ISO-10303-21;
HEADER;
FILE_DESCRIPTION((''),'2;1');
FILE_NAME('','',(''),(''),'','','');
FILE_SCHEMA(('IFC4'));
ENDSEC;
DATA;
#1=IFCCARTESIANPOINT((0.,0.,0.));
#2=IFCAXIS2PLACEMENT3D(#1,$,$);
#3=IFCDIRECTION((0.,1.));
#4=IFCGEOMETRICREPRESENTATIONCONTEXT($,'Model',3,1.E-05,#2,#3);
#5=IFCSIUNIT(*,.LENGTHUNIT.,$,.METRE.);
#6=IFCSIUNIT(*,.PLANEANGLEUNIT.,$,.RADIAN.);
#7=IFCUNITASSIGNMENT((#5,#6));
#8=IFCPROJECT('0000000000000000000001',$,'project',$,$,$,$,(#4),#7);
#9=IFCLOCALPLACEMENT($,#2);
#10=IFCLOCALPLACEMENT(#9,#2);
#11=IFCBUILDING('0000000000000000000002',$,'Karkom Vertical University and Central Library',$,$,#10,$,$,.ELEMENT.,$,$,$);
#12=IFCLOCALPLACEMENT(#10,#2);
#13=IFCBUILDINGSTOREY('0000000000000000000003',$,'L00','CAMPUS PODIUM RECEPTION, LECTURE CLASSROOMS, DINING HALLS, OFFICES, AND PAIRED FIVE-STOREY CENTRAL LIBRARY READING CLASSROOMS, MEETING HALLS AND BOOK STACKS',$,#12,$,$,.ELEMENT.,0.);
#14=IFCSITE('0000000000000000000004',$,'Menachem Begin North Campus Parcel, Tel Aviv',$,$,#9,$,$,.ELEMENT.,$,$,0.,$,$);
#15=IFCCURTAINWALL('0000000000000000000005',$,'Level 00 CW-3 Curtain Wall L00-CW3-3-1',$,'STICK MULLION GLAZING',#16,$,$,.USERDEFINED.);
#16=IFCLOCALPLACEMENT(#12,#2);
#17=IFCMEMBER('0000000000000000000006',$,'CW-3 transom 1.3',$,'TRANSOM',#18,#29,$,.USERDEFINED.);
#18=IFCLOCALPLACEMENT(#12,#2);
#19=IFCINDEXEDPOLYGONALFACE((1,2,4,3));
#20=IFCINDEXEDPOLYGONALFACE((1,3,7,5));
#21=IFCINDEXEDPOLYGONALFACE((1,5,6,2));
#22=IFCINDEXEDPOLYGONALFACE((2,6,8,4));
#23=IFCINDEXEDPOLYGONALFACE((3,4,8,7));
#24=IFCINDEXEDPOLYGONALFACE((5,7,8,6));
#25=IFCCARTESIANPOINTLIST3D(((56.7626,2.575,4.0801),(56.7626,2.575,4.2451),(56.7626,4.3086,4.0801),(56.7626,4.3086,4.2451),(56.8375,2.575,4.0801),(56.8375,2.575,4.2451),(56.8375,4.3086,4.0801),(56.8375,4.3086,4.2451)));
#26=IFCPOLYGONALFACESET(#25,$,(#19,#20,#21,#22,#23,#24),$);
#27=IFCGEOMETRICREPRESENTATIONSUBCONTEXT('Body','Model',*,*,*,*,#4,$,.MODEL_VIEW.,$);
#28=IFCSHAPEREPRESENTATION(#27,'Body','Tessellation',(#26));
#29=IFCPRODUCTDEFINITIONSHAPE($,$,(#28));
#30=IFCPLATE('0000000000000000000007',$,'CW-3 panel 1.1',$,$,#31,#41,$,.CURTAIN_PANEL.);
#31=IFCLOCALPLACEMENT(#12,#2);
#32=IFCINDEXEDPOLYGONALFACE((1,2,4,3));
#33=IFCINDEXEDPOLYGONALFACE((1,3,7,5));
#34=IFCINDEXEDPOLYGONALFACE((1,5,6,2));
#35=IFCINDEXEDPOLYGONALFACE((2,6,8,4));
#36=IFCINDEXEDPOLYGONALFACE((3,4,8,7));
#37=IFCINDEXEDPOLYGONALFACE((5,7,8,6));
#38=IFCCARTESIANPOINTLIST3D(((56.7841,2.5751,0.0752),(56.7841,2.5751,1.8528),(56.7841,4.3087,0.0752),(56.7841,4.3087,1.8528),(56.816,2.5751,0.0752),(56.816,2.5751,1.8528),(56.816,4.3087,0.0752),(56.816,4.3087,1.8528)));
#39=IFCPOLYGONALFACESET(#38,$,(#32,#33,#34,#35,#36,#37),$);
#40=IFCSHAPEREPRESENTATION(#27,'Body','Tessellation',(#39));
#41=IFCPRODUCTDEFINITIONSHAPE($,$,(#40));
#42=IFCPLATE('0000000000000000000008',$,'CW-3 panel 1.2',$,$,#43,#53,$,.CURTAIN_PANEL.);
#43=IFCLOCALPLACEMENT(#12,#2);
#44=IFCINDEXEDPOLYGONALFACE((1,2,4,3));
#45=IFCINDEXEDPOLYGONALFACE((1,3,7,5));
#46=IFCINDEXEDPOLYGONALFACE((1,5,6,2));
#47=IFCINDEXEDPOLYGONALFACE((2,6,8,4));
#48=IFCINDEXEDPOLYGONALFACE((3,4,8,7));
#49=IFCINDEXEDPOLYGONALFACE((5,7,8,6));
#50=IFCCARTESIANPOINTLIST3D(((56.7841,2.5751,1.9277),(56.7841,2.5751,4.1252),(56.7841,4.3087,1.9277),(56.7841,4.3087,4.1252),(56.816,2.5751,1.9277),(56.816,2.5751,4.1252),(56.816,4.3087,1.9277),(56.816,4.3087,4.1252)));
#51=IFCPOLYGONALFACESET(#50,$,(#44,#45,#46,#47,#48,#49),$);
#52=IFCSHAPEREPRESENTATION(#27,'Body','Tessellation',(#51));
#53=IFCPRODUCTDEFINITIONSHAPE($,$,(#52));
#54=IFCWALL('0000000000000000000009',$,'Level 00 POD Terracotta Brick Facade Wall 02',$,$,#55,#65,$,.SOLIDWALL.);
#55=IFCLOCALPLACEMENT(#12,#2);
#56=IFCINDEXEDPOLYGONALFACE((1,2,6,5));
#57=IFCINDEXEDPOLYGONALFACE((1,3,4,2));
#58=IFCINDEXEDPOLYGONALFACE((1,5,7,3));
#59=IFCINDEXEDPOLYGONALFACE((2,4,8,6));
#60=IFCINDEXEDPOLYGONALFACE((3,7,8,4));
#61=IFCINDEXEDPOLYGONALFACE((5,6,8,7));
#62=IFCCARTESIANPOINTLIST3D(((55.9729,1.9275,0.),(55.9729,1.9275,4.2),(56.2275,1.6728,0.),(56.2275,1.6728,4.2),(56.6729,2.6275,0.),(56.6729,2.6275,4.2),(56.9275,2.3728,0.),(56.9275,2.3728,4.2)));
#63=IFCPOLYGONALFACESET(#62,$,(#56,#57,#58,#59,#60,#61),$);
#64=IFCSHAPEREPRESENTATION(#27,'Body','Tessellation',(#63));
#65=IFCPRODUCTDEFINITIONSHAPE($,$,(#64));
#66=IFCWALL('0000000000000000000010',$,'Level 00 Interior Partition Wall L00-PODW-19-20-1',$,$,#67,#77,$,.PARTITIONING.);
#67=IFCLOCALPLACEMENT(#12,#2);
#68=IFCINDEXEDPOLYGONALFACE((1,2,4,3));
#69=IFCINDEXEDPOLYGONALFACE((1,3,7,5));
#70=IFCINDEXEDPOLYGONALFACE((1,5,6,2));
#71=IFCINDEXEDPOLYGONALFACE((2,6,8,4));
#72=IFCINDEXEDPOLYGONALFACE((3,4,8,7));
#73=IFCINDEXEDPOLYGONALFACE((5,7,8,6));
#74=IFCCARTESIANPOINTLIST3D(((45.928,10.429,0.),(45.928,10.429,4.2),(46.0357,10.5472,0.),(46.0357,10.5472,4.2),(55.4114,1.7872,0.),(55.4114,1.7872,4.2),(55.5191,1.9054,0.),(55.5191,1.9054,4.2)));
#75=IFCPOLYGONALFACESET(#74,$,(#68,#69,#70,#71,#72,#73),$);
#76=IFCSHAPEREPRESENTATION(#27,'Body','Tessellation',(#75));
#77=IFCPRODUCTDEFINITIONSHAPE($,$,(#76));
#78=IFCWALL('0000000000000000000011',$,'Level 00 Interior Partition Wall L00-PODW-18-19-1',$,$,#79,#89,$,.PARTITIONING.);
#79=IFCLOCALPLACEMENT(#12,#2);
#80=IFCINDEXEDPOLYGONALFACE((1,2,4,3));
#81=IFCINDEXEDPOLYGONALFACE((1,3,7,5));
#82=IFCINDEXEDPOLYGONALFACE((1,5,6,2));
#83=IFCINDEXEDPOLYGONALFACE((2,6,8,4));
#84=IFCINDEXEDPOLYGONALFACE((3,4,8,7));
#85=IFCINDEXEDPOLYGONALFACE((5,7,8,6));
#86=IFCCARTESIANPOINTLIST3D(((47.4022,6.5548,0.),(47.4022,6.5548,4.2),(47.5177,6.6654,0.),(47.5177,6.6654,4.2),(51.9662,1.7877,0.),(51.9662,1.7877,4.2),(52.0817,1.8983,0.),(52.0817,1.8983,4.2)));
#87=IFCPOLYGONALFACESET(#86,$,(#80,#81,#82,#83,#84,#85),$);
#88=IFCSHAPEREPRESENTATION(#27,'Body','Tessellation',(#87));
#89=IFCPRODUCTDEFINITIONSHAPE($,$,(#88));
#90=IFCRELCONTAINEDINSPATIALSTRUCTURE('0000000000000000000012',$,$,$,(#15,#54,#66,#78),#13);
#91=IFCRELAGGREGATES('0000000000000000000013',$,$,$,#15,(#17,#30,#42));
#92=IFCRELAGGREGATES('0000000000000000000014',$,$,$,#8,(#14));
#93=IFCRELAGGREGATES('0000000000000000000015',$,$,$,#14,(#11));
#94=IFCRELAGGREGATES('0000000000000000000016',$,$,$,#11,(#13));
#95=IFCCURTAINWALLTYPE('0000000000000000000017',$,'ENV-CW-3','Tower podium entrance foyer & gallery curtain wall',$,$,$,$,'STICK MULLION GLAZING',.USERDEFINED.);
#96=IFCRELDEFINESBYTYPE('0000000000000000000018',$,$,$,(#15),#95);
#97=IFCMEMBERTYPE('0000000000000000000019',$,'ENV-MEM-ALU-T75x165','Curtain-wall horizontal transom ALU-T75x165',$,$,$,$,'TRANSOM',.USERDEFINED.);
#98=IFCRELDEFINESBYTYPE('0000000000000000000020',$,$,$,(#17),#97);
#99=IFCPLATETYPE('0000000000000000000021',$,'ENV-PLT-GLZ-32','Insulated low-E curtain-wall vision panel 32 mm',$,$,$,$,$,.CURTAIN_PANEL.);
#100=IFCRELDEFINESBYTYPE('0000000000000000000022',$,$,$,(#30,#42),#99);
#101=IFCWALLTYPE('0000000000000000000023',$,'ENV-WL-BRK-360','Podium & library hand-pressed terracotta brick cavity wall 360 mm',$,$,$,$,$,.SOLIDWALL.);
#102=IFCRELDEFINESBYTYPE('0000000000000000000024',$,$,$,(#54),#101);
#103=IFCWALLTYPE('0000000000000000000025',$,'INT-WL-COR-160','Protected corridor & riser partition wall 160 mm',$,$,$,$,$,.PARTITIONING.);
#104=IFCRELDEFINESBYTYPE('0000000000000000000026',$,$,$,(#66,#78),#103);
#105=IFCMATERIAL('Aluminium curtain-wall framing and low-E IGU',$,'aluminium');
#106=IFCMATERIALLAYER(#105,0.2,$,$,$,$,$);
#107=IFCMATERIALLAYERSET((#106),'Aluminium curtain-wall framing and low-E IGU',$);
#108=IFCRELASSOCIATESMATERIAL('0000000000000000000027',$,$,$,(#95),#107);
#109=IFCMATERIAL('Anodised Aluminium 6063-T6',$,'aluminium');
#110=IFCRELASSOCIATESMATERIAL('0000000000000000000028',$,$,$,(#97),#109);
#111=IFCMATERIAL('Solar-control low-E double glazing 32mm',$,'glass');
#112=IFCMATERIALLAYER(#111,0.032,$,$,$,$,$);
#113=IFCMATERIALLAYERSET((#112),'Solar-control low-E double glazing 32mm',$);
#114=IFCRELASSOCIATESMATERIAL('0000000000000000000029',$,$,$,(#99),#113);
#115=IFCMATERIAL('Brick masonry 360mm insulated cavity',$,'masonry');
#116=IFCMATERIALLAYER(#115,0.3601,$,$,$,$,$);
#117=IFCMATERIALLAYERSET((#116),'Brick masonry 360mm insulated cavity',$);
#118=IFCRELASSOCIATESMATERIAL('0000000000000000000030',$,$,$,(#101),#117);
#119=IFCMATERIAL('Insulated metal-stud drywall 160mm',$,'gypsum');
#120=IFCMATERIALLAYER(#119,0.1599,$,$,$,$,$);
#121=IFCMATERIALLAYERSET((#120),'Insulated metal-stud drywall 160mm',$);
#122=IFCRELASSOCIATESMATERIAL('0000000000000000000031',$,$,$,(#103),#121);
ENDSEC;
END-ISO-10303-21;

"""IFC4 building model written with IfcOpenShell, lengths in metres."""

from ifc_helpers import new_model, si_unit, direction, frame, frame_2d, origin, origin_with_axes, origin_2d, place, context, subcontext, project, spatial, rectangle, extrude, source, transform, mapped, material, layer, layer_set, material_profile, profile_set, type_object, element, aggregate, save


model = new_model("IFC4")

# Units and contexts
model_context = context("Model", 3, precision=1e-05, world=origin(), true_north=direction((0.0, 1.0)))
body_context = subcontext(model_context, "Body", "Model", "MODEL_VIEW")
ifc_project = project(units=[si_unit("LENGTHUNIT", "METRE"), si_unit("PLANEANGLEUNIT", "RADIAN")], contexts=[model_context])

# Site, building, storey
site_placement = place(None, origin())
site = spatial("IfcSite", under=ifc_project, at=site_placement, Name="Menachem Begin North Campus Parcel, Tel Aviv", CompositionType="ELEMENT", RefElevation=0.0)
building_placement = place(site_placement, origin())
building = spatial("IfcBuilding", under=site, at=building_placement, Name="Karkom Vertical University and Central Library", CompositionType="ELEMENT")
storey_placement = place(building_placement, origin())
storey = spatial("IfcBuildingStorey", under=building, at=storey_placement, Name="L00", Description="CAMPUS PODIUM RECEPTION, LECTURE CLASSROOMS, DINING HALLS, OFFICES, AND PAIRED FIVE-STOREY CENTRAL LIBRARY READING CLASSROOMS, MEETING HALLS AND BOOK STACKS", CompositionType="ELEMENT", Elevation=0.0)

# Curtain wall, member, plates
ifc_material_1 = material(Name="Aluminium curtain-wall framing and low-E IGU", Category="aluminium")
ifc_layer_1 = layer(ifc_material_1, 0.2)
ifc_layer_set_1 = layer_set([ifc_layer_1], Name="Aluminium curtain-wall framing and low-E IGU")
curtain_wall_type = type_object("IfcCurtainWallType", Name="ENV-CW-3", Description="Tower podium entrance foyer & gallery curtain wall", ElementType="STICK MULLION GLAZING", PredefinedType="USERDEFINED", material=ifc_layer_set_1)
curtain_wall_placement = place(storey_placement, origin())
curtain_wall = element("IfcCurtainWall", 1, at=curtain_wall_placement, inside=storey, type_object=curtain_wall_type, Name="Level 00 CW-3 Curtain Wall L00-CW3-3-1", ObjectType="STICK MULLION GLAZING", PredefinedType="USERDEFINED")
ifc_material_2 = material(Name="Anodised Aluminium 6063-T6", Category="aluminium")
ifc_material_profile_1 = material_profile(ifc_material_2, rectangle(XDim=0.075, YDim=0.165, at=origin_2d()), Name="ALU-T75x165")
ifc_profile_set_1 = profile_set([ifc_material_profile_1], Name="Anodised Aluminium 6063-T6")
member_type_1 = type_object("IfcMemberType", Name="ENV-MEM-ALU-T75x165", Description="Curtain-wall horizontal transom ALU-T75x165", ElementType="TRANSOM", PredefinedType="USERDEFINED", material=ifc_profile_set_1)
shared_shape_1 = source(origin_with_axes(), body_context, "Body", "SweptSolid", [
    extrude(rectangle(XDim=0.075, YDim=0.165, at=origin_2d()), origin(), (0.0, 0.0, 1.0), 1.7336),
])
member_1_placement = place(storey_placement, frame((56.8, 2.575, 4.1626), z_axis=(0.0, 1.0, 0.0), x_axis=(-1.0, 0.0, 0.0)))
member_1 = element("IfcMember", 2, at=member_1_placement, type_object=member_type_1, Name="CW-3 transom 1.3", ObjectType="TRANSOM", PredefinedType="USERDEFINED", context=body_context, shape_type="MappedRepresentation", body=[
    mapped(shared_shape_1, transform((0.0, 0.0, 0.0), scale=1.0)),
])
ifc_material_3 = material(Name="Solar-control low-E double glazing 32mm", Category="glass")
ifc_layer_2 = layer(ifc_material_3, 0.032)
ifc_layer_set_2 = layer_set([ifc_layer_2], Name="Solar-control low-E double glazing 32mm")
plate_type = type_object("IfcPlateType", Name="ENV-PLT-GLZ-32", Description="Insulated low-E curtain-wall vision panel 32 mm", PredefinedType="CURTAIN_PANEL", material=ifc_layer_set_2)
shared_shape_2 = source(origin_with_axes(), body_context, "Body", "SweptSolid", [
    extrude(rectangle(XDim=1.7336, YDim=0.032, at=origin_2d()), origin(), (0.0, 0.0, 1.0), 1.7776),
])
plate_1_placement = place(storey_placement, frame((56.8, 3.4419, 0.0752), z_axis=(0.0, 0.0, 1.0), x_axis=(0.0, 1.0, 0.0)))
plate_1 = element("IfcPlate", 3, at=plate_1_placement, type_object=plate_type, Name="CW-3 panel 1.1", PredefinedType="CURTAIN_PANEL", context=body_context, shape_type="MappedRepresentation", body=[
    mapped(shared_shape_2, transform((0.0, 0.0, 0.0), scale=1.0)),
])
shared_shape_3 = source(origin_with_axes(), body_context, "Body", "SweptSolid", [
    extrude(rectangle(XDim=1.7336, YDim=0.032, at=origin_2d()), origin(), (0.0, 0.0, 1.0), 2.1975),
])
plate_2_placement = place(storey_placement, frame((56.8, 3.4419, 1.9277), z_axis=(0.0, 0.0, 1.0), x_axis=(0.0, 1.0, 0.0)))
plate_2 = element("IfcPlate", 4, at=plate_2_placement, type_object=plate_type, Name="CW-3 panel 1.2", PredefinedType="CURTAIN_PANEL", context=body_context, shape_type="MappedRepresentation", body=[
    mapped(shared_shape_3, transform((0.0, 0.0, 0.0), scale=1.0)),
])
aggregate(curtain_wall, [member_1, plate_1, plate_2])

# Shared definitions
ifc_material_4 = material(Name="Brick masonry 360mm insulated cavity", Category="masonry")
ifc_layer_3 = layer(ifc_material_4, 0.3601)
ifc_layer_set_3 = layer_set([ifc_layer_3], Name="Brick masonry 360mm insulated cavity")
wall_type_1 = type_object("IfcWallType", Name="ENV-WL-BRK-360", Description="Podium & library hand-pressed terracotta brick cavity wall 360 mm", PredefinedType="SOLIDWALL", material=ifc_layer_set_3)

# Walls
wall_1_placement = place(storey_placement, frame((56.1001, 1.8, 0.0), z_axis=(0.0, 0.0, 1.0), x_axis=(0.707107, 0.707107, 0.0)))
element("IfcWall", 5, at=wall_1_placement, inside=storey, type_object=wall_type_1, Name="Level 00 POD Terracotta Brick Facade Wall 02", PredefinedType="SOLIDWALL", context=body_context, shape_type="SweptSolid", body=[
    extrude(rectangle(XDim=0.99, YDim=0.3601, at=frame_2d((0.4951, 0.0))), origin(), (0.0, 0.0, 1.0), 4.2),
])
ifc_material_5 = material(Name="Insulated metal-stud drywall 160mm", Category="gypsum")
ifc_layer_4 = layer(ifc_material_5, 0.1599)
ifc_layer_set_4 = layer_set([ifc_layer_4], Name="Insulated metal-stud drywall 160mm")
wall_type_2 = type_object("IfcWallType", Name="INT-WL-COR-160", Description="Protected corridor & riser partition wall 160 mm", PredefinedType="PARTITIONING", material=ifc_layer_set_4)
wall_2_placement = place(storey_placement, frame((45.9819, 10.488, 0.0), z_axis=(0.0, 0.0, 1.0), x_axis=(0.739141, -0.67355, 0.0)))
element("IfcWall", 6, at=wall_2_placement, inside=storey, type_object=wall_type_2, Name="Level 00 Interior Partition Wall L00-PODW-19-20-1", PredefinedType="PARTITIONING", context=body_context, shape_type="SweptSolid", body=[
    extrude(rectangle(XDim=12.8303, YDim=0.1599, at=frame_2d((6.415, 0.0))), origin(), (0.0, 0.0, 1.0), 4.2),
])
wall_3_placement = place(storey_placement, frame((47.46, 6.6101, 0.0), z_axis=(0.0, 0.0, 1.0), x_axis=(0.69155, -0.722328, 0.0)))
element("IfcWall", 7, at=wall_3_placement, inside=storey, type_object=wall_type_2, Name="Level 00 Interior Partition Wall L00-PODW-18-19-1", PredefinedType="PARTITIONING", context=body_context, shape_type="SweptSolid", body=[
    extrude(rectangle(XDim=6.5996, YDim=0.1599, at=frame_2d((3.2998, 0.0))), origin(), (0.0, 0.0, 1.0), 4.2),
])

save(model, "model.ifc")
